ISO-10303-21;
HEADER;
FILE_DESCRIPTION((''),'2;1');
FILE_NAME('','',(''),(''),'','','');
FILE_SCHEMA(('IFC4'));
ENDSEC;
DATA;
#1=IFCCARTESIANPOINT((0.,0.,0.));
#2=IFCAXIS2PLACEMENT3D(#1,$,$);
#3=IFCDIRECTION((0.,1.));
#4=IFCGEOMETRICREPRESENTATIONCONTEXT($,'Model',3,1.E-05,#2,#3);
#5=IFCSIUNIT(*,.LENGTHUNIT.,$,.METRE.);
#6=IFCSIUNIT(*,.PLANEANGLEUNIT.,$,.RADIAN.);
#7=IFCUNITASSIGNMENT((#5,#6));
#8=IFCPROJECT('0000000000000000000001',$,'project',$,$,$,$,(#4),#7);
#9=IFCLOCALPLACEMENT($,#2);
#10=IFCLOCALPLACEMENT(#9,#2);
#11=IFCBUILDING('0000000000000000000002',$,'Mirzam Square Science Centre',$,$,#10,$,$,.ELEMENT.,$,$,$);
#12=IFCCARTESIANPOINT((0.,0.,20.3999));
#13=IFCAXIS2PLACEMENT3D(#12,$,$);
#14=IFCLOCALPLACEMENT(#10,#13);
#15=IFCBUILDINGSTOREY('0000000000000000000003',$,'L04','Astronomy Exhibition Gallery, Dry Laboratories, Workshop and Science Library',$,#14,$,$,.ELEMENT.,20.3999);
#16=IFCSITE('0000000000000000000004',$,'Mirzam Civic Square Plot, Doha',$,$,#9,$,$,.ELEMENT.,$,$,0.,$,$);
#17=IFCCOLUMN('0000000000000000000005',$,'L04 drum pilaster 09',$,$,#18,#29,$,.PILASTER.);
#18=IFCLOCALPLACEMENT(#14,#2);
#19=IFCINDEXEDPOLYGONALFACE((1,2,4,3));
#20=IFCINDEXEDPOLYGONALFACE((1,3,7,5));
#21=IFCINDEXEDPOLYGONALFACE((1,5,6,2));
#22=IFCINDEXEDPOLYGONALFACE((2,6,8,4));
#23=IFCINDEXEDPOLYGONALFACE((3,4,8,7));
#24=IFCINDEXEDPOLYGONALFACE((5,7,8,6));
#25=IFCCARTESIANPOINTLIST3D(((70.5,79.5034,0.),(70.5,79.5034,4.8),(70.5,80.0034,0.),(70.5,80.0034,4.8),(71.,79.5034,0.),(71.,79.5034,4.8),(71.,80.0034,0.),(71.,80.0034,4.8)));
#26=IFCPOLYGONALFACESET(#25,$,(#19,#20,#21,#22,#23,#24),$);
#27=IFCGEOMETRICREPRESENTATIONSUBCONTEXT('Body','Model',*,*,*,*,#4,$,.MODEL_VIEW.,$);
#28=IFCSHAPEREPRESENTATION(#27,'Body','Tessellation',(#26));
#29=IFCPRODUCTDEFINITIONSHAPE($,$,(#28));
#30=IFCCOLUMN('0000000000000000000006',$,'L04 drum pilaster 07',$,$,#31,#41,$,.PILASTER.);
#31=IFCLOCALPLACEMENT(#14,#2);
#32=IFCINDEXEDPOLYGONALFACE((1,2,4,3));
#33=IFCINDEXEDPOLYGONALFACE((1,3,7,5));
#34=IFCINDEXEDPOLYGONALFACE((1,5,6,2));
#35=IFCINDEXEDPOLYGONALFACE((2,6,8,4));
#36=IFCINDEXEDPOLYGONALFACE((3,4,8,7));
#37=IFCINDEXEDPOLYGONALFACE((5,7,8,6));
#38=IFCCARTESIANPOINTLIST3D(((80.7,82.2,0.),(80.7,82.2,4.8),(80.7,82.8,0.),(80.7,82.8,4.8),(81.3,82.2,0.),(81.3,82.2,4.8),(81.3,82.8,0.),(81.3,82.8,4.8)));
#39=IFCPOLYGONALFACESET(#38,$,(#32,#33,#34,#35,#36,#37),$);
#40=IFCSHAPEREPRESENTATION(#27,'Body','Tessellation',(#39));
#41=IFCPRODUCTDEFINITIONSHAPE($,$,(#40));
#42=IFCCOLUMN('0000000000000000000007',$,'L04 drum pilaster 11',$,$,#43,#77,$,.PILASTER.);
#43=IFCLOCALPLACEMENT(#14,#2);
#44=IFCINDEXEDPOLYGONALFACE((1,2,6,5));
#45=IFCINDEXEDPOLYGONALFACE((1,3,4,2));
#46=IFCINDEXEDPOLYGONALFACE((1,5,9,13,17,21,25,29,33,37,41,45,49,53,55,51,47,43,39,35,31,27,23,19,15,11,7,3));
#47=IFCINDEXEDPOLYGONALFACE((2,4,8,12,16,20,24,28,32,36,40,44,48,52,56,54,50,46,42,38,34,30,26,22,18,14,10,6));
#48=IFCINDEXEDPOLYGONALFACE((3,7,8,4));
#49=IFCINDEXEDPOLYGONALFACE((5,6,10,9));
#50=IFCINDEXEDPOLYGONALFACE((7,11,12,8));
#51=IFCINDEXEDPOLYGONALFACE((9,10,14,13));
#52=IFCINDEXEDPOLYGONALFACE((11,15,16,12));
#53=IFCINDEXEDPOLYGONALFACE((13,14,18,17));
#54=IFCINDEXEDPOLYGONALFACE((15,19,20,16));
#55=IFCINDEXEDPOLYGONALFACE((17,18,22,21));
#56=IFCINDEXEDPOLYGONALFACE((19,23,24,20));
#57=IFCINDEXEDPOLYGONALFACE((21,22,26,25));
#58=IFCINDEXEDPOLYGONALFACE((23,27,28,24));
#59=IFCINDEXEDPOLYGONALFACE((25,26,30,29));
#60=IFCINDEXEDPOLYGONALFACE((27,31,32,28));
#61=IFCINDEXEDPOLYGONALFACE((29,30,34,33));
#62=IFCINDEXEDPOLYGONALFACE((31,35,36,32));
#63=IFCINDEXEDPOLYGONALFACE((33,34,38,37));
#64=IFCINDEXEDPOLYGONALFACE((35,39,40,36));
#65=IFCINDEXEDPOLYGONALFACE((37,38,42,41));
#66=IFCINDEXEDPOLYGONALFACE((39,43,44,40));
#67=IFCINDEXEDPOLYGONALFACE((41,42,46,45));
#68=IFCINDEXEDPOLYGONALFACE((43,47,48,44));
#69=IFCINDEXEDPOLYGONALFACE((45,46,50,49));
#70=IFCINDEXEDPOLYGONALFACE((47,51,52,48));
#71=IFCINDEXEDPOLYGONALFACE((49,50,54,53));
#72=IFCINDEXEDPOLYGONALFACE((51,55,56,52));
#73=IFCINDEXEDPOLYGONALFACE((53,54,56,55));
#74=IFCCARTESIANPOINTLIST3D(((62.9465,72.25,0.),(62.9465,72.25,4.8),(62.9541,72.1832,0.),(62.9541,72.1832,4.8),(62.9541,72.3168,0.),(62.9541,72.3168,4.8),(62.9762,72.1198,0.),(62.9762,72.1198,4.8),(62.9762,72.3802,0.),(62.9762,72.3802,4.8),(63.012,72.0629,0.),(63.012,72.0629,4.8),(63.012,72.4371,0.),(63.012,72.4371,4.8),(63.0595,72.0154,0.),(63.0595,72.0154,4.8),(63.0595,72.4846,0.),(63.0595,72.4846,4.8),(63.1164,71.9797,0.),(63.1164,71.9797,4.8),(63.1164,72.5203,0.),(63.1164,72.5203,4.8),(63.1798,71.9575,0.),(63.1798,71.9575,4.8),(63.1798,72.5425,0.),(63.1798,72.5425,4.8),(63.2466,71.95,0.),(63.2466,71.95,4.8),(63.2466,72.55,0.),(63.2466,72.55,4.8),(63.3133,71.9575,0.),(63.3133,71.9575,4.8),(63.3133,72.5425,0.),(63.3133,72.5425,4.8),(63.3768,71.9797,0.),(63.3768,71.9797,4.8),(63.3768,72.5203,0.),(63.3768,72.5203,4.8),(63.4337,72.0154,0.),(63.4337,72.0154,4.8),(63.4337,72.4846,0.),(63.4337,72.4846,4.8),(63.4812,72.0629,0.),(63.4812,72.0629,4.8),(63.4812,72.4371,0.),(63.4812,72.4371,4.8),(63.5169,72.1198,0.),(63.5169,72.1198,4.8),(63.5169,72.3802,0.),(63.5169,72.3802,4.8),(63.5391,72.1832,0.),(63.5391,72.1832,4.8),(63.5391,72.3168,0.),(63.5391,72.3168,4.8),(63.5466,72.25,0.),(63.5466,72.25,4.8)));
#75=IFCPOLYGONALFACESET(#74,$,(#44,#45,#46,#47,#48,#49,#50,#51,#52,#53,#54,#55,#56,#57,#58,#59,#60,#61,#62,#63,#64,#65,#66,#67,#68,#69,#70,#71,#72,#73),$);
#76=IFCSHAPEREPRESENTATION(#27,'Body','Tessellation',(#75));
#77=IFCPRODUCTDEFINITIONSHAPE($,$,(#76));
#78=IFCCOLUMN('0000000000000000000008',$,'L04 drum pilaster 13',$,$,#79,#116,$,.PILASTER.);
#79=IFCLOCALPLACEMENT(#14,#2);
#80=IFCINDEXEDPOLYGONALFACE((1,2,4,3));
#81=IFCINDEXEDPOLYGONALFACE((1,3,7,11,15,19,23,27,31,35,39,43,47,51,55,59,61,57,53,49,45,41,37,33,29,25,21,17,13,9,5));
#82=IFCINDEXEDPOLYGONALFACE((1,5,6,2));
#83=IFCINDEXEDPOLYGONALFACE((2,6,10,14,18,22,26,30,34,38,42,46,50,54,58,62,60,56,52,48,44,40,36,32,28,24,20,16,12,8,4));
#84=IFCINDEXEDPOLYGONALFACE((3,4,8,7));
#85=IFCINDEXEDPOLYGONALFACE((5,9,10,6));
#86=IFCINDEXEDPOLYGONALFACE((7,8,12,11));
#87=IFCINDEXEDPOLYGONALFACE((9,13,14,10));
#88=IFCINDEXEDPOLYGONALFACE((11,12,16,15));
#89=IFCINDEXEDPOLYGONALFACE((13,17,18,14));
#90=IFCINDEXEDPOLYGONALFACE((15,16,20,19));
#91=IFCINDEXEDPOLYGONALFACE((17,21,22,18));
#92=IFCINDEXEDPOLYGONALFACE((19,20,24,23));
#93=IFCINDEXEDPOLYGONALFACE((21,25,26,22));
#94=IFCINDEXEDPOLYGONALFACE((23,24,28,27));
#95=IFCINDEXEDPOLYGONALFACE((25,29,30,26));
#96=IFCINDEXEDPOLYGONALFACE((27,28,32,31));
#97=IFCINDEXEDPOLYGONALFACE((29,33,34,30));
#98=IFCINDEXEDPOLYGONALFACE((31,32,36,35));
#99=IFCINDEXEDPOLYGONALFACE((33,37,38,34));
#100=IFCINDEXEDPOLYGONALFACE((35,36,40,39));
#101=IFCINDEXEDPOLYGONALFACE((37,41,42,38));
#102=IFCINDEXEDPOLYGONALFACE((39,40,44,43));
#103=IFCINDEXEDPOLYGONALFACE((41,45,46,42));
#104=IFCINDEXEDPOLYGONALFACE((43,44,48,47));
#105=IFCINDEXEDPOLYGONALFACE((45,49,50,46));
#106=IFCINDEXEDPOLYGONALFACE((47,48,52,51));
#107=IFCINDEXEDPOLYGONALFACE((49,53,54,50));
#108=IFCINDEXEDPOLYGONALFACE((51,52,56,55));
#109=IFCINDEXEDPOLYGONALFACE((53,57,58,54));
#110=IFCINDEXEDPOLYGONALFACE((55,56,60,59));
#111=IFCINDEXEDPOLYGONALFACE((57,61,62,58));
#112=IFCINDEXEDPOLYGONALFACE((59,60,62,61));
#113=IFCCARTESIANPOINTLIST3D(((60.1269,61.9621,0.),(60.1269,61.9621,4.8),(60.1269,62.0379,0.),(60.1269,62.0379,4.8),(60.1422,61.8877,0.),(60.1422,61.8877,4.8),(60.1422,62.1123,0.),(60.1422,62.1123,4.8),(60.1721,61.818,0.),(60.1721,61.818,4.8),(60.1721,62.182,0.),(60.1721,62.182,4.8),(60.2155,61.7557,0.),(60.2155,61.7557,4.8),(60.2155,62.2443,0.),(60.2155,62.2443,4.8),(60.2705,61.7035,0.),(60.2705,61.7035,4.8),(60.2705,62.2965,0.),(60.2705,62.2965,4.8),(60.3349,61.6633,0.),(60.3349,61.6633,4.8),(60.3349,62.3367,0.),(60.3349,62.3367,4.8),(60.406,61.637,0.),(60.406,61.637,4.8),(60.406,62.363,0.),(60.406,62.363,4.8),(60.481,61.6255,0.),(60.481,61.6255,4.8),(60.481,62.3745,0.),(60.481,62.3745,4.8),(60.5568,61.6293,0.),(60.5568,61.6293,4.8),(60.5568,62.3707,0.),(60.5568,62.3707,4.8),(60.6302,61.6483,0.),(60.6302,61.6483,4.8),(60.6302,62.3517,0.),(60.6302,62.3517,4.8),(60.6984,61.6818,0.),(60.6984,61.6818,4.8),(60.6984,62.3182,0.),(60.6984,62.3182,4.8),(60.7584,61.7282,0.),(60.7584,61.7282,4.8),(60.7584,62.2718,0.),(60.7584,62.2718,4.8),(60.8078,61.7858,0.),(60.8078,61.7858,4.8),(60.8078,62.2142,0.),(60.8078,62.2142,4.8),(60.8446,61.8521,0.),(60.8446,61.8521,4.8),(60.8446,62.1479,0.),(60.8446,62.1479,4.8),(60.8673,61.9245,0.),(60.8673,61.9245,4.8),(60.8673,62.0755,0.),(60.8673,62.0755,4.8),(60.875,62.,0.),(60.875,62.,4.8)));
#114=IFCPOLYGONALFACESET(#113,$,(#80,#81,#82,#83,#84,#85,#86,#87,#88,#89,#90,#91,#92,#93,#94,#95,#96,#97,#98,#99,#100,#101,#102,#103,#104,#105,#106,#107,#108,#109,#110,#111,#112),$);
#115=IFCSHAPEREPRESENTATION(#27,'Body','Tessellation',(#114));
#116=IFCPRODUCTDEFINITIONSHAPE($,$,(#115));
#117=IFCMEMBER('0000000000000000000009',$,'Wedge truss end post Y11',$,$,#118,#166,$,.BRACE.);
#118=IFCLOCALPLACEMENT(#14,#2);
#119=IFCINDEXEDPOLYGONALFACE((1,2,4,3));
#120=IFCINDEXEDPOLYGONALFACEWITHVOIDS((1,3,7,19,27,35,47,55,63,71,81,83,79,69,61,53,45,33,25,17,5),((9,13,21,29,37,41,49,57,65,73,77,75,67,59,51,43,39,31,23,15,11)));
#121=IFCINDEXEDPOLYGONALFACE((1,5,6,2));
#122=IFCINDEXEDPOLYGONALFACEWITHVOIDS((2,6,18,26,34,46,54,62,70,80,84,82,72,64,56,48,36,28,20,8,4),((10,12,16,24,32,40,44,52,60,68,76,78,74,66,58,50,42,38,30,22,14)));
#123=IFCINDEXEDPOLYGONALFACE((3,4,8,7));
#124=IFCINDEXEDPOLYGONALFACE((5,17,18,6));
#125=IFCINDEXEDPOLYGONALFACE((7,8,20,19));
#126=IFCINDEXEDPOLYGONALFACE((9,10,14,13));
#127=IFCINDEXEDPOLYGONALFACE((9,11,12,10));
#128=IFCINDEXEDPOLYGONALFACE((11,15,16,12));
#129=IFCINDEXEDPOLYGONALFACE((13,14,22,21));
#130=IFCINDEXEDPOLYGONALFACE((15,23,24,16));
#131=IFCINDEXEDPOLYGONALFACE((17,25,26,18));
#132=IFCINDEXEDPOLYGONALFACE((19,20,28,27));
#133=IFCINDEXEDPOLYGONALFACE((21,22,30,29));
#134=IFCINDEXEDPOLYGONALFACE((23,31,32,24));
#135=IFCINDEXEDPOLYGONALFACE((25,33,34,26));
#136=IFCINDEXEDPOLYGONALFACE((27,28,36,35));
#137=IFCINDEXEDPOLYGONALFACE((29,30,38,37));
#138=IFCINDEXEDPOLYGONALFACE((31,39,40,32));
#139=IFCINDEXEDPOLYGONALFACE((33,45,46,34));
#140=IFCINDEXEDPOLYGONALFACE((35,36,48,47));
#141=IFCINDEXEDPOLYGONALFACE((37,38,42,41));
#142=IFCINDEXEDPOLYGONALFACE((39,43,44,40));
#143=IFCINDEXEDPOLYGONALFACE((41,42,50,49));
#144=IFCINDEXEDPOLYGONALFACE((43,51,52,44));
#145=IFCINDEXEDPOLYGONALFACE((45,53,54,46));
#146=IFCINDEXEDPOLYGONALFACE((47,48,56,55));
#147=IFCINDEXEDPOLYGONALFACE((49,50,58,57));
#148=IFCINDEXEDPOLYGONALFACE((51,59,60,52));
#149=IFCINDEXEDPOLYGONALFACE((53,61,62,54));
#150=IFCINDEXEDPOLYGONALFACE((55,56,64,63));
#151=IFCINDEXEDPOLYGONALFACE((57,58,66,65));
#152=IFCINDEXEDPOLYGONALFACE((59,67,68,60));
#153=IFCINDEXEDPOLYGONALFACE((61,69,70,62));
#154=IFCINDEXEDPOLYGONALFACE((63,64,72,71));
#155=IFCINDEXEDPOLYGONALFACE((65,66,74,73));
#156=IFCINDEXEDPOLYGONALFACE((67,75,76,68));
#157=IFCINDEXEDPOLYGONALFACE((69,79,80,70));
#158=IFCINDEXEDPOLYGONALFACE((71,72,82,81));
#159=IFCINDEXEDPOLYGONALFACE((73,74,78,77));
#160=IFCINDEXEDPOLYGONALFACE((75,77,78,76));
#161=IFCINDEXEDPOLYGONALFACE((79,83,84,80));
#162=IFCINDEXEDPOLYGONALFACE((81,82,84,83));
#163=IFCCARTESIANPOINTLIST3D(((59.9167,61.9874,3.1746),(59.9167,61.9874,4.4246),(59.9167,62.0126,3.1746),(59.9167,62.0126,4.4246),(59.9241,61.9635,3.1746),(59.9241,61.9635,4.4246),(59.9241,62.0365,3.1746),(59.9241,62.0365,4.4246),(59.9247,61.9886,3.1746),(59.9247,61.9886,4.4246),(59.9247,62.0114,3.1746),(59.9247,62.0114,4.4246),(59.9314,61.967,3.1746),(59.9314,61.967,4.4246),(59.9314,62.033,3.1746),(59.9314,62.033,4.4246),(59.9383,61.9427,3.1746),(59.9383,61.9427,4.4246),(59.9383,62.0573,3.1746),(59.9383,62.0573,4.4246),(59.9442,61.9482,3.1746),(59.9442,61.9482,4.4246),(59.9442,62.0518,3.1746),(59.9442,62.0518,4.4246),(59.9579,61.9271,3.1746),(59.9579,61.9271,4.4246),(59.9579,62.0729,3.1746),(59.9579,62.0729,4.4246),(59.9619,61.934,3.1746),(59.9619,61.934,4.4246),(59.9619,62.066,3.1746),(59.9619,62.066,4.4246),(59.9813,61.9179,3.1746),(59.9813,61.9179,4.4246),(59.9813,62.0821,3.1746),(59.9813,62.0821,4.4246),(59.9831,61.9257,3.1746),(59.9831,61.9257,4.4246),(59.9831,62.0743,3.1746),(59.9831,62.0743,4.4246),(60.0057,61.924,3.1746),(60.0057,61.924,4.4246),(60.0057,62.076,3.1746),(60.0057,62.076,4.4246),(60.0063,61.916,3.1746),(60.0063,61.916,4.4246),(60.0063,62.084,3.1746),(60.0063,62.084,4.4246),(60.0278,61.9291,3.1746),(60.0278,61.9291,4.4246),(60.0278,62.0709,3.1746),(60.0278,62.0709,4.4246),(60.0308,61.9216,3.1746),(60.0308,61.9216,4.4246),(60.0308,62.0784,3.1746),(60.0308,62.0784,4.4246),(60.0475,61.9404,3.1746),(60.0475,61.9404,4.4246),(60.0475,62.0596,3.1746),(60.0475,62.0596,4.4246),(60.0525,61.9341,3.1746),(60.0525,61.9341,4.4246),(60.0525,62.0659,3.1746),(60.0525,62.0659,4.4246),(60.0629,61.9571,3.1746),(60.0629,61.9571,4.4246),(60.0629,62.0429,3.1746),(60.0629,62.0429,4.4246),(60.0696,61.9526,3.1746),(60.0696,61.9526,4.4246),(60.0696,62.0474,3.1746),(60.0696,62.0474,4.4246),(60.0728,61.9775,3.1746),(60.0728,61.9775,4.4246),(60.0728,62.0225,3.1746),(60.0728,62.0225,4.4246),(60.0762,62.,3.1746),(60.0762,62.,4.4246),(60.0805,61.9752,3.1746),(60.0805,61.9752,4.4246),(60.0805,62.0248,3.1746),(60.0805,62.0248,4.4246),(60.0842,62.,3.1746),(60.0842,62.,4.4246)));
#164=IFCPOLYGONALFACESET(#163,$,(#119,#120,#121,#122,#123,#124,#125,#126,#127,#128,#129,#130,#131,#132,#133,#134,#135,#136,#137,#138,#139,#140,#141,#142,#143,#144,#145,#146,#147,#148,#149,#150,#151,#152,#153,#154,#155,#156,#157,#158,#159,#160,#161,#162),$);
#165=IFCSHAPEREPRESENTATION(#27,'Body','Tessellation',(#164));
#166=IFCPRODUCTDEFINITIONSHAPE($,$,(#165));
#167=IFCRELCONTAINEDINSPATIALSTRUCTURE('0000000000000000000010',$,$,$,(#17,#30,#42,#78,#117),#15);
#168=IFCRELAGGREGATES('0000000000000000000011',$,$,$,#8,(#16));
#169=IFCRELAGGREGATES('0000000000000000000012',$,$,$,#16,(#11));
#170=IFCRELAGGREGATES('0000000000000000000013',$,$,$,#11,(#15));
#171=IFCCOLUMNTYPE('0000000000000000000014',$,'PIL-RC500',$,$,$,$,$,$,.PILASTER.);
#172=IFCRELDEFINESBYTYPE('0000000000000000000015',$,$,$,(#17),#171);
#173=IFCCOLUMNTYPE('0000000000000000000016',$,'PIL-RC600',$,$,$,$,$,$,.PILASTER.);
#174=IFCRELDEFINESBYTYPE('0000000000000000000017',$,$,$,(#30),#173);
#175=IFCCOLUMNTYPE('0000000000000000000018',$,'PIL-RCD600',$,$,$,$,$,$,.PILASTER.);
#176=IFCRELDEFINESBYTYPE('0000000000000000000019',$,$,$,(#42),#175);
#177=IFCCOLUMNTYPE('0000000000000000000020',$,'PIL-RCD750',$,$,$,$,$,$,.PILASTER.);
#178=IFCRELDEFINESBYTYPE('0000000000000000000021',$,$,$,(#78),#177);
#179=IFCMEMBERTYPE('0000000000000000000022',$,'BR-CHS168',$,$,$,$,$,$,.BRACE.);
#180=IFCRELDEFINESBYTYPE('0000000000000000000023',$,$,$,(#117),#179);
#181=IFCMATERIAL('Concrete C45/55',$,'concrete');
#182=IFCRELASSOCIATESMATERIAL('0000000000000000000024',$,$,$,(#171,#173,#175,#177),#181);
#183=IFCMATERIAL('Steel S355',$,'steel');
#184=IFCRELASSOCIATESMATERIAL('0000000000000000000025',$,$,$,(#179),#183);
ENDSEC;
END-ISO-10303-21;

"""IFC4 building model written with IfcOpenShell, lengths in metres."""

from ifc_helpers import new_model, si_unit, direction, frame, origin, origin_2d, place, context, subcontext, project, spatial, rectangle, circle, hollow_circle, extrude, material, material_profile, profile_set, type_object, element, save


model = new_model("IFC4")

# Units and contexts
model_context = context("Model", 3, precision=1e-05, world=origin(), true_north=direction((0.0, 1.0)))
body_context = subcontext(model_context, "Body", "Model", "MODEL_VIEW")
ifc_project = project(units=[si_unit("LENGTHUNIT", "METRE"), si_unit("PLANEANGLEUNIT", "RADIAN")], contexts=[model_context])

# Site, building, storey
site_placement = place(None, origin())
site = spatial("IfcSite", under=ifc_project, at=site_placement, Name="Mirzam Civic Square Plot, Doha", CompositionType="ELEMENT", RefElevation=0.0)
building_placement = place(site_placement, origin())
building = spatial("IfcBuilding", under=site, at=building_placement, Name="Mirzam Square Science Centre", CompositionType="ELEMENT")
storey_placement = place(building_placement, frame((0.0, 0.0, 20.3999)))
storey = spatial("IfcBuildingStorey", under=building, at=storey_placement, Name="L04", Description="Astronomy Exhibition Gallery, Dry Laboratories, Workshop and Science Library", CompositionType="ELEMENT", Elevation=20.3999)

# Columns
ifc_material_1 = material(Name="Concrete C45/55", Category="concrete")
ifc_material_profile_1 = material_profile(ifc_material_1, rectangle(XDim=0.5, YDim=0.5, at=origin_2d()), Name="RC500x500")
ifc_profile_set_1 = profile_set([ifc_material_profile_1], Name="Concrete C45/55")
column_type_1 = type_object("IfcColumnType", Name="PIL-RC500", PredefinedType="PILASTER", material=ifc_profile_set_1)
column_1_placement = place(storey_placement, frame((70.75, 79.7534, 0.0), z_axis=(0.0, 0.0, 1.0), x_axis=(1.0, 0.0, 0.0)))
element("IfcColumn", 1, at=column_1_placement, inside=storey, type_object=column_type_1, Name="L04 drum pilaster 09", PredefinedType="PILASTER", context=body_context, shape_type="SweptSolid", body=[
    extrude(rectangle(XDim=0.5, YDim=0.5, at=origin_2d()), origin(), (0.0, 0.0, 1.0), 4.8),
])
ifc_material_profile_2 = material_profile(ifc_material_1, rectangle(XDim=0.6001, YDim=0.6001, at=origin_2d()), Name="RC600x600")
ifc_profile_set_2 = profile_set([ifc_material_profile_2], Name="Concrete C45/55")
column_type_2 = type_object("IfcColumnType", Name="PIL-RC600", PredefinedType="PILASTER", material=ifc_profile_set_2)
column_2_placement = place(storey_placement, frame((81.0, 82.5, 0.0), z_axis=(0.0, 0.0, 1.0), x_axis=(1.0, 0.0, 0.0)))
element("IfcColumn", 2, at=column_2_placement, inside=storey, type_object=column_type_2, Name="L04 drum pilaster 07", PredefinedType="PILASTER", context=body_context, shape_type="SweptSolid", body=[
    extrude(rectangle(XDim=0.6001, YDim=0.6001, at=origin_2d()), origin(), (0.0, 0.0, 1.0), 4.8),
])
ifc_material_profile_3 = material_profile(ifc_material_1, circle(Radius=0.3, at=origin_2d()), Name="RCD600")
ifc_profile_set_3 = profile_set([ifc_material_profile_3], Name="Concrete C45/55")
column_type_3 = type_object("IfcColumnType", Name="PIL-RCD600", PredefinedType="PILASTER", material=ifc_profile_set_3)
column_3_placement = place(storey_placement, frame((63.2466, 72.25, 0.0), z_axis=(0.0, 0.0, 1.0), x_axis=(1.0, 0.0, 0.0)))
element("IfcColumn", 3, at=column_3_placement, inside=storey, type_object=column_type_3, Name="L04 drum pilaster 11", PredefinedType="PILASTER", context=body_context, shape_type="SweptSolid", body=[
    extrude(circle(Radius=0.3, at=origin_2d()), origin(), (0.0, 0.0, 1.0), 4.8),
])
ifc_material_profile_4 = material_profile(ifc_material_1, circle(Radius=0.375, at=origin_2d()), Name="RCD750")
ifc_profile_set_4 = profile_set([ifc_material_profile_4], Name="Concrete C45/55")
column_type_4 = type_object("IfcColumnType", Name="PIL-RCD750", PredefinedType="PILASTER", material=ifc_profile_set_4)
column_4_placement = place(storey_placement, frame((60.5, 62.0, 0.0), z_axis=(0.0, 0.0, 1.0), x_axis=(1.0, 0.0, 0.0)))
element("IfcColumn", 4, at=column_4_placement, inside=storey, type_object=column_type_4, Name="L04 drum pilaster 13", PredefinedType="PILASTER", context=body_context, shape_type="SweptSolid", body=[
    extrude(circle(Radius=0.375, at=origin_2d()), origin(), (0.0, 0.0, 1.0), 4.8),
])

# Member
ifc_material_2 = material(Name="Steel S355", Category="steel")
ifc_material_profile_5 = material_profile(ifc_material_2, hollow_circle(Radius=0.0842, WallThickness=0.0081, at=origin_2d()), Name="168.3x8.0CHS")
ifc_profile_set_5 = profile_set([ifc_material_profile_5], Name="Steel S355")
member_type_1 = type_object("IfcMemberType", Name="BR-CHS168", PredefinedType="BRACE", material=ifc_profile_set_5)
for number, where, z_axis, x_axis, name in (
    (5, (60.0, 62.0, 3.1746), (0.0, 0.0, 1.0), (1.0, 0.0, 0.0), "Wedge truss end post Y11"),
):
    element("IfcMember", number, at=place(storey_placement, frame(where, z_axis=z_axis, x_axis=x_axis)), inside=storey, type_object=member_type_1, Name=name, PredefinedType="BRACE", context=body_context, shape_type="SweptSolid", body=[
        extrude(hollow_circle(Radius=0.0842, WallThickness=0.0081, at=origin_2d()), origin(), (0.0, 0.0, 1.0), 1.25),
    ])

save(model, "model.ifc")
